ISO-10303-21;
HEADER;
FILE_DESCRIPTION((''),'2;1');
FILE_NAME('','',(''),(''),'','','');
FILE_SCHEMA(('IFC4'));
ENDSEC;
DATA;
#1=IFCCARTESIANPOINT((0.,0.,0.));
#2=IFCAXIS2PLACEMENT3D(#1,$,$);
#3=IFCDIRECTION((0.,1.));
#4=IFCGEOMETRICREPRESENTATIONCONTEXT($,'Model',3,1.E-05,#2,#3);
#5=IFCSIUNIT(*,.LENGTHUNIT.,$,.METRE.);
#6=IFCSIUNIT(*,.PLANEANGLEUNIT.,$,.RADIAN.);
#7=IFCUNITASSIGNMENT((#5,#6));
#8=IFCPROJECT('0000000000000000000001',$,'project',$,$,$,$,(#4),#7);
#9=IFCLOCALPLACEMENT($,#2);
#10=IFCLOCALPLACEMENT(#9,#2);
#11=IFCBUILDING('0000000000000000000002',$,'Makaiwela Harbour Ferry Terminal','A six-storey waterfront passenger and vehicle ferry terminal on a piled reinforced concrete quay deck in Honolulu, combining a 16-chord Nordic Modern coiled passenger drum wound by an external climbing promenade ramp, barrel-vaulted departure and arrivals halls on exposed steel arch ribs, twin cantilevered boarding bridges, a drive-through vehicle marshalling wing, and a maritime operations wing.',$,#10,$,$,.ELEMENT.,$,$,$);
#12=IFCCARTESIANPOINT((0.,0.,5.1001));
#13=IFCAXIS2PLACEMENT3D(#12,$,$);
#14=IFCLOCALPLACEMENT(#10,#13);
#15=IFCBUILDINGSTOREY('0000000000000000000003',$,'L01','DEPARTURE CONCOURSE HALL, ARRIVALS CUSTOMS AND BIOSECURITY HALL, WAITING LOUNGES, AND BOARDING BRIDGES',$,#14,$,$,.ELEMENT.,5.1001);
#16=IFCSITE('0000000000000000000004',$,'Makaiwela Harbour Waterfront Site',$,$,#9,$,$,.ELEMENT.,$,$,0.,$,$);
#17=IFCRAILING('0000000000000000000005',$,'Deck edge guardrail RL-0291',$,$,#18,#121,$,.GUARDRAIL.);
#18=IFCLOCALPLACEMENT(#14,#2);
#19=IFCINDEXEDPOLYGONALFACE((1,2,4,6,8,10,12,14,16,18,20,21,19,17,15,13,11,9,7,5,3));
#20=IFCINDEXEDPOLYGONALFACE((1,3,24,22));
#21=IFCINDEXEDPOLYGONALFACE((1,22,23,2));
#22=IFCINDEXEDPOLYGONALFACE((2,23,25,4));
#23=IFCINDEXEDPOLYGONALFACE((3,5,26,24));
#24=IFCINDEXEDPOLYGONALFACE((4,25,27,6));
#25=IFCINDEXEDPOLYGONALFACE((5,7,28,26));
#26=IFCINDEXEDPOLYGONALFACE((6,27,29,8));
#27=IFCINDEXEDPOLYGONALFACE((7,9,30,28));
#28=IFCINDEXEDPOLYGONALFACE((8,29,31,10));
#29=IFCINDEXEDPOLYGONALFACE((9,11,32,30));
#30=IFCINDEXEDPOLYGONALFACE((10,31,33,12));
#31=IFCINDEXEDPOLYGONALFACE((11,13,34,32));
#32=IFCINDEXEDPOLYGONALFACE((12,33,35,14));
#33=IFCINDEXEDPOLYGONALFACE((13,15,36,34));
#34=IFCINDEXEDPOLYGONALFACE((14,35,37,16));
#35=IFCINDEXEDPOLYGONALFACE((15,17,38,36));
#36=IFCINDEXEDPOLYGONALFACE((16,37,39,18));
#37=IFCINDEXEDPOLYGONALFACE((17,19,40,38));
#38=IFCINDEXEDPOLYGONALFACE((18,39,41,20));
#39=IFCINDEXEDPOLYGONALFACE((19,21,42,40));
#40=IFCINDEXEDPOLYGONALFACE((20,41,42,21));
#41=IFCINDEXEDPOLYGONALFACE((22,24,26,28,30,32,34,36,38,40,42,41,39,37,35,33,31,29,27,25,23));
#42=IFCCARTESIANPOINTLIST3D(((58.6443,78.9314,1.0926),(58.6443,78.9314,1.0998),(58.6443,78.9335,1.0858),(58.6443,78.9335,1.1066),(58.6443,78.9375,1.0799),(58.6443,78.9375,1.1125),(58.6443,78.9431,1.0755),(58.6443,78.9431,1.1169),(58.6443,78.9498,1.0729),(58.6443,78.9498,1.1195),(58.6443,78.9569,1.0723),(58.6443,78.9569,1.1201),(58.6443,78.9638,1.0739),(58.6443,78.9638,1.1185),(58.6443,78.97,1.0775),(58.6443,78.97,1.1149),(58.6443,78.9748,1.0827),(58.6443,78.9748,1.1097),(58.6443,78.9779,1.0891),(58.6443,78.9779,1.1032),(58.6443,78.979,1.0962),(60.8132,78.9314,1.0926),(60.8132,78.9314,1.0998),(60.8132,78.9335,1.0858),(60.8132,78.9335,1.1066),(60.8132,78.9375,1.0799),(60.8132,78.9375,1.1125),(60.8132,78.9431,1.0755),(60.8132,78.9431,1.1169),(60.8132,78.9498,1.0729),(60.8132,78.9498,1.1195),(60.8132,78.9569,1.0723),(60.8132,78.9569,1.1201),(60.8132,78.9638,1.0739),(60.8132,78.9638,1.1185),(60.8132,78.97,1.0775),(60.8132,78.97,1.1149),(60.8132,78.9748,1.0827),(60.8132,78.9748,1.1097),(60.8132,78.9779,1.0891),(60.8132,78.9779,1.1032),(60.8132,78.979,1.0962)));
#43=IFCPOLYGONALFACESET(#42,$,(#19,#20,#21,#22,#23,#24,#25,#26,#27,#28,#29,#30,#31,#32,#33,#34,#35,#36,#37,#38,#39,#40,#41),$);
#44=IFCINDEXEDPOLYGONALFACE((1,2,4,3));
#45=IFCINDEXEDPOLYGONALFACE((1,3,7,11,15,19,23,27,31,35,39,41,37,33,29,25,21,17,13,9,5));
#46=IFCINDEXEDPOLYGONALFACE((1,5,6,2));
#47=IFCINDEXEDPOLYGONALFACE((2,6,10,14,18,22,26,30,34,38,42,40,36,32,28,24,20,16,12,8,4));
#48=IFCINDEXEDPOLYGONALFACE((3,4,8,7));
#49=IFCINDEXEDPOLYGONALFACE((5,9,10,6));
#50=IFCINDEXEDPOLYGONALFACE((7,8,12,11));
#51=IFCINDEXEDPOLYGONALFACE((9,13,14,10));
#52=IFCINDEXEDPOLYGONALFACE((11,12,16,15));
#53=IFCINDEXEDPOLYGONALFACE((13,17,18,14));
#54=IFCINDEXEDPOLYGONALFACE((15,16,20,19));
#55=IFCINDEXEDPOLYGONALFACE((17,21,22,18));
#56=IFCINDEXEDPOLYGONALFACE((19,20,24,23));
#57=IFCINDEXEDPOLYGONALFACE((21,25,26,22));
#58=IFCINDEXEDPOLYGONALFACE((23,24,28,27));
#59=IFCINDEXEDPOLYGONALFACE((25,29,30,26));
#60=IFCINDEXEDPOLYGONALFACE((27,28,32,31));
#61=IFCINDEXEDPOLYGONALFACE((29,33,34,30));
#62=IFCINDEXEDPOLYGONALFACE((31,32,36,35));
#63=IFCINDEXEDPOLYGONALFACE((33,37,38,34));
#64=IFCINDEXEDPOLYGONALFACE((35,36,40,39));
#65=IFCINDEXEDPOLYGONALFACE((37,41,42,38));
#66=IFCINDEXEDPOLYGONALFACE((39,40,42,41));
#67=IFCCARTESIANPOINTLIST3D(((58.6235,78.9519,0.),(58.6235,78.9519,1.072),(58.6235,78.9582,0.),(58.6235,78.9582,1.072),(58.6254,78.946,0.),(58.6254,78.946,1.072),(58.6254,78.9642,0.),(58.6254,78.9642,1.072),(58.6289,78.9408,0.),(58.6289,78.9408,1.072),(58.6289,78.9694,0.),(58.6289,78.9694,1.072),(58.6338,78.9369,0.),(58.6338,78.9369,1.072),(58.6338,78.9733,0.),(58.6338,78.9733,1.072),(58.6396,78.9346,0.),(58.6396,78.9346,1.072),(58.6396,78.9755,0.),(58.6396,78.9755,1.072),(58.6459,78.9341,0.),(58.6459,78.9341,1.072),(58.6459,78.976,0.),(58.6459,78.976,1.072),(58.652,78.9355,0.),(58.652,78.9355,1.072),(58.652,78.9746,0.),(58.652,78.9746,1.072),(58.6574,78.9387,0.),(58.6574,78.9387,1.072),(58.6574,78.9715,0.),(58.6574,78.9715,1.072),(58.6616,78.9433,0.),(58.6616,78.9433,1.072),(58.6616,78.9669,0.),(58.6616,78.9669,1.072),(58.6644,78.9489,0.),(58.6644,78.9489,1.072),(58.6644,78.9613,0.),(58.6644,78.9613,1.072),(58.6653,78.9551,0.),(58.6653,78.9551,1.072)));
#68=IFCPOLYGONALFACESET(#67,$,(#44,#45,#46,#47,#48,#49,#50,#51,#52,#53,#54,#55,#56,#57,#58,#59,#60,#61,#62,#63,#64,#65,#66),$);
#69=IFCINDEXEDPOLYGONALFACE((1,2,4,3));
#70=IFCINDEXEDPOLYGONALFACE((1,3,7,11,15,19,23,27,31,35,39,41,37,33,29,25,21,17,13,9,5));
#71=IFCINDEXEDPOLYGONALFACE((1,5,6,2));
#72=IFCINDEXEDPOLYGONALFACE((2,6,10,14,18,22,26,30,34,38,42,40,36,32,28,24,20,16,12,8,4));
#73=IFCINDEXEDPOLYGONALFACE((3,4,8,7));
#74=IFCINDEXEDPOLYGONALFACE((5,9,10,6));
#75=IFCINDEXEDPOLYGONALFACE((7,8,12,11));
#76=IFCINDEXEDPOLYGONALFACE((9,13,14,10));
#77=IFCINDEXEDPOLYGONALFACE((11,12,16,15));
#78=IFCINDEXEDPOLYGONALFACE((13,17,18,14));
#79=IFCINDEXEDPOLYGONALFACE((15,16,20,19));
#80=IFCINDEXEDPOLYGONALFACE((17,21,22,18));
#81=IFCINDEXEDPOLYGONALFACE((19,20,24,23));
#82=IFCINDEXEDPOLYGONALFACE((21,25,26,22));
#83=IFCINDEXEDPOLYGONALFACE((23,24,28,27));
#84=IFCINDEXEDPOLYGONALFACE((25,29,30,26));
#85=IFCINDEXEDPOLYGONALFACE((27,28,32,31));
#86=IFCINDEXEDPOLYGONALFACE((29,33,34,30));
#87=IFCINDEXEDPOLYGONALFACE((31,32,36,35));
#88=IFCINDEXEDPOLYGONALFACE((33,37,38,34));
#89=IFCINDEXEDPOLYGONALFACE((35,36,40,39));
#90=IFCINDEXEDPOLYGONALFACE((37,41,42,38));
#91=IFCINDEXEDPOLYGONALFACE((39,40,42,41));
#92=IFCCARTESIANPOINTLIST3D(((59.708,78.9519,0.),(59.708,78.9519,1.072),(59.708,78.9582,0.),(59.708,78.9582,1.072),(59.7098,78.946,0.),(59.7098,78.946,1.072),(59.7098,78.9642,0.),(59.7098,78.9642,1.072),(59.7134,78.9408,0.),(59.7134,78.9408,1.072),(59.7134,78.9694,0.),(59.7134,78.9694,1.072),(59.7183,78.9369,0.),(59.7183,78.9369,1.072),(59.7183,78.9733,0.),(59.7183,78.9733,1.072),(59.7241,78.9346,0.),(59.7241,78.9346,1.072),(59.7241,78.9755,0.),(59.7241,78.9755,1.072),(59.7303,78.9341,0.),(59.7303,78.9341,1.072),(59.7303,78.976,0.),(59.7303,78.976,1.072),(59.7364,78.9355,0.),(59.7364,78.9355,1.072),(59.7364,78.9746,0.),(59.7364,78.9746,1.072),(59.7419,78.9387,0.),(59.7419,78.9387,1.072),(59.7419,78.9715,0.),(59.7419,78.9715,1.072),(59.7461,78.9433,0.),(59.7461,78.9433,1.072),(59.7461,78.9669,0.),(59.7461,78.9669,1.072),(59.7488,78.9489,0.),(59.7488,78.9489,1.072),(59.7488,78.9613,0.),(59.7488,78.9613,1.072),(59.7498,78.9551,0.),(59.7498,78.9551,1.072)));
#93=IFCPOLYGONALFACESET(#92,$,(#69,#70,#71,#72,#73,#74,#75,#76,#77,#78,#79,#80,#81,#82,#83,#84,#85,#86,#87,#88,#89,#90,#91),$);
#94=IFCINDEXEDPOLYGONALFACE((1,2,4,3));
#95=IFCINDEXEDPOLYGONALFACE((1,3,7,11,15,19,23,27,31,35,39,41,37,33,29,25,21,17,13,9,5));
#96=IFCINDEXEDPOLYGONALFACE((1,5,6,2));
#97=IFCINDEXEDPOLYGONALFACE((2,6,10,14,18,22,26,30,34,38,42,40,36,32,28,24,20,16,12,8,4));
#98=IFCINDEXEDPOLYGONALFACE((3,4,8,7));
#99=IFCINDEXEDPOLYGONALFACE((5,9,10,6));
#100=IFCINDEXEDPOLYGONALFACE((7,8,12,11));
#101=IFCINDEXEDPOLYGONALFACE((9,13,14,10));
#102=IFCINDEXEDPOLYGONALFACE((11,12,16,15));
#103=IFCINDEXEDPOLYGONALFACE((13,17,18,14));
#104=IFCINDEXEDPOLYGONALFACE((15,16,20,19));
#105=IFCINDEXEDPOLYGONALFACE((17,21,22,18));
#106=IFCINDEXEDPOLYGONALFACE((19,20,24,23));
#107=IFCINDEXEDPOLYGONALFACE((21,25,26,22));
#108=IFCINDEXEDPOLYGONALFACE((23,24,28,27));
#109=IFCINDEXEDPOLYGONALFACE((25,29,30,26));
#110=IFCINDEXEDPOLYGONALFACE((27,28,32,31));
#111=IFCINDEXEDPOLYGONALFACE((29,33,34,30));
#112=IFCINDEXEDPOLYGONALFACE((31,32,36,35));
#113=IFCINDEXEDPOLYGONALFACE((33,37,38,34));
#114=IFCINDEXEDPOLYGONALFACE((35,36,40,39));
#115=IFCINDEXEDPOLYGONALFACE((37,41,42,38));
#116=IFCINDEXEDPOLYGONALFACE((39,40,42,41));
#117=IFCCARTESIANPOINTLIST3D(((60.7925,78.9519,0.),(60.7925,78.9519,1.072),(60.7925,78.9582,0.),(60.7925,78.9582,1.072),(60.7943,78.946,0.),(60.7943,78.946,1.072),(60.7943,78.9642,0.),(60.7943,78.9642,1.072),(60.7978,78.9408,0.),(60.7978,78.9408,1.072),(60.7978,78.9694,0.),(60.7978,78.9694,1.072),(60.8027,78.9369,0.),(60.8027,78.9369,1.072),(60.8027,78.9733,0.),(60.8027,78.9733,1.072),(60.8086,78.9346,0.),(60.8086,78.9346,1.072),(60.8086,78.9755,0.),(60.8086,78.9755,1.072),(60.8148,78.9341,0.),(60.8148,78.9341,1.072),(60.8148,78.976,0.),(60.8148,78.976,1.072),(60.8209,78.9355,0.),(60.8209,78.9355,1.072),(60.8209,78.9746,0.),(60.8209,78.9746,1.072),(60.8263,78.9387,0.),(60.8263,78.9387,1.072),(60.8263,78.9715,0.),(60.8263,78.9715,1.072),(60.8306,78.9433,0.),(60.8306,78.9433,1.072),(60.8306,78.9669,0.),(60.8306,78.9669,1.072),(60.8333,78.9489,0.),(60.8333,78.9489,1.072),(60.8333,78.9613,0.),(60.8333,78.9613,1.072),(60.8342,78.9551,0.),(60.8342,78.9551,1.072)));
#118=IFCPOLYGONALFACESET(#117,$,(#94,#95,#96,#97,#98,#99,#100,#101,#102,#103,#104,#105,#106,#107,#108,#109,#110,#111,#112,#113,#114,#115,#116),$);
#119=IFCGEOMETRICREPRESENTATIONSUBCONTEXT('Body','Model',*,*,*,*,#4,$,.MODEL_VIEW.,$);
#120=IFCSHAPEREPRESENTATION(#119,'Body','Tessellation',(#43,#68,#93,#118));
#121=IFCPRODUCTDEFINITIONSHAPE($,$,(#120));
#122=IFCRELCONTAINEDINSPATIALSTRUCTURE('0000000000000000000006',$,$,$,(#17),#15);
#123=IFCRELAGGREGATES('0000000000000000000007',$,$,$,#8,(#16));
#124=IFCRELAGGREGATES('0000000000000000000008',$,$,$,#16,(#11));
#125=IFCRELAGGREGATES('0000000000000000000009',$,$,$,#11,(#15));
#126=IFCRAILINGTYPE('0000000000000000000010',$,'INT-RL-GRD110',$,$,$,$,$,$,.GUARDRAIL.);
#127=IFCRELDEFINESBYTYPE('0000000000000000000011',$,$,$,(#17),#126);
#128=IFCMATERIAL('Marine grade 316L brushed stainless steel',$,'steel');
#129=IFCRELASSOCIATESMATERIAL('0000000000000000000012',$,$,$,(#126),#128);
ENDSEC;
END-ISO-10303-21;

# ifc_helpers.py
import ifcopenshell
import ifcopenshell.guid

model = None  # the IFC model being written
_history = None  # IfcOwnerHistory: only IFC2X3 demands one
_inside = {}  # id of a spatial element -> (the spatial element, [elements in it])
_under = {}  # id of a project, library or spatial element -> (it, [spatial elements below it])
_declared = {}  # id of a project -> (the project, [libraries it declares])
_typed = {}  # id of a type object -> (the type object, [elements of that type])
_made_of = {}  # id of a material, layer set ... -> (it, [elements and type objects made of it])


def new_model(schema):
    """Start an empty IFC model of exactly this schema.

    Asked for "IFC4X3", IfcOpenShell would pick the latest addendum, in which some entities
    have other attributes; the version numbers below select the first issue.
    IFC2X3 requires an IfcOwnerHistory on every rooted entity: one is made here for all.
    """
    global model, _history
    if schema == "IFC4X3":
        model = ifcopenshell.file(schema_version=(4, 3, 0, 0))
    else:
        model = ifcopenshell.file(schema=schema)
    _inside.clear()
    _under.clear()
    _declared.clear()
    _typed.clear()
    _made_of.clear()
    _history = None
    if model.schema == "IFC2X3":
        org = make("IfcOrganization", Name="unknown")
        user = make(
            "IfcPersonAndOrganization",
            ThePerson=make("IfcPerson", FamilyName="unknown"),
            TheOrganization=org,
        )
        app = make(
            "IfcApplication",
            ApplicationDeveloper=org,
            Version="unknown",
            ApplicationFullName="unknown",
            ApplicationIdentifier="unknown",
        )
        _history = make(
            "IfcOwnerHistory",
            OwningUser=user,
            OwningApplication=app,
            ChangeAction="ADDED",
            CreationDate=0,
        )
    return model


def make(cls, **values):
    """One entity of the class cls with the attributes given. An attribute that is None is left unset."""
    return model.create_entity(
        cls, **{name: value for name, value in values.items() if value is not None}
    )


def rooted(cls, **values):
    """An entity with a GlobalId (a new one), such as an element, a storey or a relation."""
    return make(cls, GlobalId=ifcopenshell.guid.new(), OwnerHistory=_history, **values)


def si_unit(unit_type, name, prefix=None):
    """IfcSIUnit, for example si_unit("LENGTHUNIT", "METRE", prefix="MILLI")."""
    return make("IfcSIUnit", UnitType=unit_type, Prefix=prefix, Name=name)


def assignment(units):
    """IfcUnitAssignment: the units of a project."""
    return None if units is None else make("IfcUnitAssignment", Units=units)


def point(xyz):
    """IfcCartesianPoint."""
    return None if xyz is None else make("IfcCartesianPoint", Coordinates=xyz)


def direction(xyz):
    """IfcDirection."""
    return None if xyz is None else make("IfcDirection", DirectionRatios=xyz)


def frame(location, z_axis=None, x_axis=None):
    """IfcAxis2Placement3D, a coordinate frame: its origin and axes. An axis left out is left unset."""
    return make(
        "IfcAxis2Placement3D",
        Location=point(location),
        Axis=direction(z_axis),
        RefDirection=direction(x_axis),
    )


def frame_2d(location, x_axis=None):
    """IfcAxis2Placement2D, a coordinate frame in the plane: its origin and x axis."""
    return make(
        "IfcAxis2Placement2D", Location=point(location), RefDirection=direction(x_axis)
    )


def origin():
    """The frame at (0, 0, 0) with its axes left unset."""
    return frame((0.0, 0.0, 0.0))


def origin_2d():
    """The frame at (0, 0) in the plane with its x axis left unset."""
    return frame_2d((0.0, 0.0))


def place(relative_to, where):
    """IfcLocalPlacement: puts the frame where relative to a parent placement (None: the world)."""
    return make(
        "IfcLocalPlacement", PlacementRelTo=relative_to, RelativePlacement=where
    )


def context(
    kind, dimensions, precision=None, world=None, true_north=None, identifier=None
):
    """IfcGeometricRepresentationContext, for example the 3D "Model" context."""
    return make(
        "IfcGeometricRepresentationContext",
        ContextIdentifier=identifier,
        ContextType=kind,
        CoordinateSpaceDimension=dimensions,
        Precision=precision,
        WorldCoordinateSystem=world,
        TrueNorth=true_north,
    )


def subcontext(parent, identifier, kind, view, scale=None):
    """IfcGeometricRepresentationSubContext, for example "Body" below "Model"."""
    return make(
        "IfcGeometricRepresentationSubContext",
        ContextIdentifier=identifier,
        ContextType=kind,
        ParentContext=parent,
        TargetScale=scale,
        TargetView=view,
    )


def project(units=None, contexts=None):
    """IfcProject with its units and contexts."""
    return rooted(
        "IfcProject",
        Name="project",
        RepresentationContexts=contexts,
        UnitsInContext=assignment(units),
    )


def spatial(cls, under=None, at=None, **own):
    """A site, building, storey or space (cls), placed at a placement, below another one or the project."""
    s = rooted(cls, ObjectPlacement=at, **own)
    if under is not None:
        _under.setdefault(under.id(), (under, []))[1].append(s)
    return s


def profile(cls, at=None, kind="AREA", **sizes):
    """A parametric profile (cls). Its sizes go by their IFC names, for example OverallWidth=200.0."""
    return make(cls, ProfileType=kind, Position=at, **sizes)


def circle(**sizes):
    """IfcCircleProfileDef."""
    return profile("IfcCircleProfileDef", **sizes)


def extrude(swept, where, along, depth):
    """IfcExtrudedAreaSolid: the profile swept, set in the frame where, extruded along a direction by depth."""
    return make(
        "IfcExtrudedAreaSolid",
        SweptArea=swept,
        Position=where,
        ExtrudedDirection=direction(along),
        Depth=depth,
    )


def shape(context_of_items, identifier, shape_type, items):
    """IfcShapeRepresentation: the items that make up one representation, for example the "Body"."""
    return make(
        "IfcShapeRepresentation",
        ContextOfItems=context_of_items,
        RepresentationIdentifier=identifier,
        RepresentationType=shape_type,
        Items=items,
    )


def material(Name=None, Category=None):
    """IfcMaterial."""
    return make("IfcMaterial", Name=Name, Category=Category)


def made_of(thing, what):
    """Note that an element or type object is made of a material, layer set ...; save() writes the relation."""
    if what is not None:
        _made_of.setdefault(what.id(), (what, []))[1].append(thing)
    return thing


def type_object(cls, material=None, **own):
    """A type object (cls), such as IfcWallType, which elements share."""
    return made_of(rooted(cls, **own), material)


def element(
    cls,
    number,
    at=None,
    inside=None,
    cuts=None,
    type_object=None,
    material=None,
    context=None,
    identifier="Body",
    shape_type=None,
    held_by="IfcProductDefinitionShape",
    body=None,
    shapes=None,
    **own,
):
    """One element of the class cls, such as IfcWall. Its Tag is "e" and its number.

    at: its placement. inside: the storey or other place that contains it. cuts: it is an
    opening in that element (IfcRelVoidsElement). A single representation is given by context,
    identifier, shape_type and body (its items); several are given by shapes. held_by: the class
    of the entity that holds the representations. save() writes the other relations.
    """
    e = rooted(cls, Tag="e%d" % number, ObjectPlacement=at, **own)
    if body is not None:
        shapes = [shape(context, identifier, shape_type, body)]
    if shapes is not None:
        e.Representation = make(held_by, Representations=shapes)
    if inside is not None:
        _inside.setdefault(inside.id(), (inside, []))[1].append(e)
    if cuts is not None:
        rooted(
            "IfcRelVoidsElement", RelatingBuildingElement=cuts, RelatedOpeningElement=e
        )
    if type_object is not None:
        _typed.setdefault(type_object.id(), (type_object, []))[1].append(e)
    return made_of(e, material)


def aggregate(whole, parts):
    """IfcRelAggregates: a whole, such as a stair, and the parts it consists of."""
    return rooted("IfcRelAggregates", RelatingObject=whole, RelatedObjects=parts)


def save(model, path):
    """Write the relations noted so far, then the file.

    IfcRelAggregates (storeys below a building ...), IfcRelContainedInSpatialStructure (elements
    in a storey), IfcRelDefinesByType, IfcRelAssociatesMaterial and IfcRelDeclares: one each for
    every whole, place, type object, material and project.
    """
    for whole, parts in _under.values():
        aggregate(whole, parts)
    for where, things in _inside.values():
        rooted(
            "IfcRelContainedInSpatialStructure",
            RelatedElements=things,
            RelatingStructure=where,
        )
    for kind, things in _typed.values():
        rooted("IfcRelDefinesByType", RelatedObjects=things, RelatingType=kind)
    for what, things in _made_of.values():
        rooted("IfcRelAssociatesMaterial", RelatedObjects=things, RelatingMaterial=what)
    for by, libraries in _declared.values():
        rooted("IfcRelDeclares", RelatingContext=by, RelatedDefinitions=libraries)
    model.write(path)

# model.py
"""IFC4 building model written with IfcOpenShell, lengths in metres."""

from ifc_helpers import new_model, si_unit, direction, frame, origin, origin_2d, place, context, subcontext, project, spatial, circle, extrude, material, type_object, element, save


model = new_model("IFC4")

# Units and contexts
model_context = context("Model", 3, precision=1e-05, world=origin(), true_north=direction((0.0, 1.0)))
body_context = subcontext(model_context, "Body", "Model", "MODEL_VIEW")
ifc_project = project(units=[si_unit("LENGTHUNIT", "METRE"), si_unit("PLANEANGLEUNIT", "RADIAN")], contexts=[model_context])

# Site, building, storey
site_placement = place(None, origin())
site = spatial("IfcSite", under=ifc_project, at=site_placement, Name="Makaiwela Harbour Waterfront Site", CompositionType="ELEMENT", RefElevation=0.0)
building_placement = place(site_placement, origin())
building = spatial("IfcBuilding", under=site, at=building_placement, Name="Makaiwela Harbour Ferry Terminal", Description="A six-storey waterfront passenger and vehicle ferry terminal on a piled reinforced concrete quay deck in Honolulu, combining a 16-chord Nordic Modern coiled passenger drum wound by an external climbing promenade ramp, barrel-vaulted departure and arrivals halls on exposed steel arch ribs, twin cantilevered boarding bridges, a drive-through vehicle marshalling wing, and a maritime operations wing.", CompositionType="ELEMENT")
storey_placement = place(building_placement, frame((0.0, 0.0, 5.1001)))
storey = spatial("IfcBuildingStorey", under=building, at=storey_placement, Name="L01", Description="DEPARTURE CONCOURSE HALL, ARRIVALS CUSTOMS AND BIOSECURITY HALL, WAITING LOUNGES, AND BOARDING BRIDGES", CompositionType="ELEMENT", Elevation=5.1001)

# Railing
ifc_material_1 = material(Name="Marine grade 316L brushed stainless steel", Category="steel")
railing_type = type_object("IfcRailingType", Name="INT-RL-GRD110", PredefinedType="GUARDRAIL", material=ifc_material_1)
railing_1_placement = place(storey_placement, frame((58.6443, 78.9551, 0.0)))
element("IfcRailing", 1, at=railing_1_placement, inside=storey, type_object=railing_type, Name="Deck edge guardrail RL-0291", PredefinedType="GUARDRAIL", context=body_context, shape_type="SweptSolid", body=[
    extrude(circle(Radius=0.0239, at=origin_2d()), frame((0.0, 0.0, 1.0962), z_axis=(1.0, 0.0, 0.0), x_axis=(0.0, 1.0, 0.0)), (0.0, 0.0, 1.0), 2.1689),
    extrude(circle(Radius=0.021, at=origin_2d()), origin(), (0.0, 0.0, 1.0), 1.072),
    extrude(circle(Radius=0.021, at=origin_2d()), frame((1.0845, 0.0, 0.0)), (0.0, 0.0, 1.0), 1.072),
    extrude(circle(Radius=0.021, at=origin_2d()), frame((2.1689, 0.0, 0.0)), (0.0, 0.0, 1.0), 1.072),
])

save(model, "model.ifc")
